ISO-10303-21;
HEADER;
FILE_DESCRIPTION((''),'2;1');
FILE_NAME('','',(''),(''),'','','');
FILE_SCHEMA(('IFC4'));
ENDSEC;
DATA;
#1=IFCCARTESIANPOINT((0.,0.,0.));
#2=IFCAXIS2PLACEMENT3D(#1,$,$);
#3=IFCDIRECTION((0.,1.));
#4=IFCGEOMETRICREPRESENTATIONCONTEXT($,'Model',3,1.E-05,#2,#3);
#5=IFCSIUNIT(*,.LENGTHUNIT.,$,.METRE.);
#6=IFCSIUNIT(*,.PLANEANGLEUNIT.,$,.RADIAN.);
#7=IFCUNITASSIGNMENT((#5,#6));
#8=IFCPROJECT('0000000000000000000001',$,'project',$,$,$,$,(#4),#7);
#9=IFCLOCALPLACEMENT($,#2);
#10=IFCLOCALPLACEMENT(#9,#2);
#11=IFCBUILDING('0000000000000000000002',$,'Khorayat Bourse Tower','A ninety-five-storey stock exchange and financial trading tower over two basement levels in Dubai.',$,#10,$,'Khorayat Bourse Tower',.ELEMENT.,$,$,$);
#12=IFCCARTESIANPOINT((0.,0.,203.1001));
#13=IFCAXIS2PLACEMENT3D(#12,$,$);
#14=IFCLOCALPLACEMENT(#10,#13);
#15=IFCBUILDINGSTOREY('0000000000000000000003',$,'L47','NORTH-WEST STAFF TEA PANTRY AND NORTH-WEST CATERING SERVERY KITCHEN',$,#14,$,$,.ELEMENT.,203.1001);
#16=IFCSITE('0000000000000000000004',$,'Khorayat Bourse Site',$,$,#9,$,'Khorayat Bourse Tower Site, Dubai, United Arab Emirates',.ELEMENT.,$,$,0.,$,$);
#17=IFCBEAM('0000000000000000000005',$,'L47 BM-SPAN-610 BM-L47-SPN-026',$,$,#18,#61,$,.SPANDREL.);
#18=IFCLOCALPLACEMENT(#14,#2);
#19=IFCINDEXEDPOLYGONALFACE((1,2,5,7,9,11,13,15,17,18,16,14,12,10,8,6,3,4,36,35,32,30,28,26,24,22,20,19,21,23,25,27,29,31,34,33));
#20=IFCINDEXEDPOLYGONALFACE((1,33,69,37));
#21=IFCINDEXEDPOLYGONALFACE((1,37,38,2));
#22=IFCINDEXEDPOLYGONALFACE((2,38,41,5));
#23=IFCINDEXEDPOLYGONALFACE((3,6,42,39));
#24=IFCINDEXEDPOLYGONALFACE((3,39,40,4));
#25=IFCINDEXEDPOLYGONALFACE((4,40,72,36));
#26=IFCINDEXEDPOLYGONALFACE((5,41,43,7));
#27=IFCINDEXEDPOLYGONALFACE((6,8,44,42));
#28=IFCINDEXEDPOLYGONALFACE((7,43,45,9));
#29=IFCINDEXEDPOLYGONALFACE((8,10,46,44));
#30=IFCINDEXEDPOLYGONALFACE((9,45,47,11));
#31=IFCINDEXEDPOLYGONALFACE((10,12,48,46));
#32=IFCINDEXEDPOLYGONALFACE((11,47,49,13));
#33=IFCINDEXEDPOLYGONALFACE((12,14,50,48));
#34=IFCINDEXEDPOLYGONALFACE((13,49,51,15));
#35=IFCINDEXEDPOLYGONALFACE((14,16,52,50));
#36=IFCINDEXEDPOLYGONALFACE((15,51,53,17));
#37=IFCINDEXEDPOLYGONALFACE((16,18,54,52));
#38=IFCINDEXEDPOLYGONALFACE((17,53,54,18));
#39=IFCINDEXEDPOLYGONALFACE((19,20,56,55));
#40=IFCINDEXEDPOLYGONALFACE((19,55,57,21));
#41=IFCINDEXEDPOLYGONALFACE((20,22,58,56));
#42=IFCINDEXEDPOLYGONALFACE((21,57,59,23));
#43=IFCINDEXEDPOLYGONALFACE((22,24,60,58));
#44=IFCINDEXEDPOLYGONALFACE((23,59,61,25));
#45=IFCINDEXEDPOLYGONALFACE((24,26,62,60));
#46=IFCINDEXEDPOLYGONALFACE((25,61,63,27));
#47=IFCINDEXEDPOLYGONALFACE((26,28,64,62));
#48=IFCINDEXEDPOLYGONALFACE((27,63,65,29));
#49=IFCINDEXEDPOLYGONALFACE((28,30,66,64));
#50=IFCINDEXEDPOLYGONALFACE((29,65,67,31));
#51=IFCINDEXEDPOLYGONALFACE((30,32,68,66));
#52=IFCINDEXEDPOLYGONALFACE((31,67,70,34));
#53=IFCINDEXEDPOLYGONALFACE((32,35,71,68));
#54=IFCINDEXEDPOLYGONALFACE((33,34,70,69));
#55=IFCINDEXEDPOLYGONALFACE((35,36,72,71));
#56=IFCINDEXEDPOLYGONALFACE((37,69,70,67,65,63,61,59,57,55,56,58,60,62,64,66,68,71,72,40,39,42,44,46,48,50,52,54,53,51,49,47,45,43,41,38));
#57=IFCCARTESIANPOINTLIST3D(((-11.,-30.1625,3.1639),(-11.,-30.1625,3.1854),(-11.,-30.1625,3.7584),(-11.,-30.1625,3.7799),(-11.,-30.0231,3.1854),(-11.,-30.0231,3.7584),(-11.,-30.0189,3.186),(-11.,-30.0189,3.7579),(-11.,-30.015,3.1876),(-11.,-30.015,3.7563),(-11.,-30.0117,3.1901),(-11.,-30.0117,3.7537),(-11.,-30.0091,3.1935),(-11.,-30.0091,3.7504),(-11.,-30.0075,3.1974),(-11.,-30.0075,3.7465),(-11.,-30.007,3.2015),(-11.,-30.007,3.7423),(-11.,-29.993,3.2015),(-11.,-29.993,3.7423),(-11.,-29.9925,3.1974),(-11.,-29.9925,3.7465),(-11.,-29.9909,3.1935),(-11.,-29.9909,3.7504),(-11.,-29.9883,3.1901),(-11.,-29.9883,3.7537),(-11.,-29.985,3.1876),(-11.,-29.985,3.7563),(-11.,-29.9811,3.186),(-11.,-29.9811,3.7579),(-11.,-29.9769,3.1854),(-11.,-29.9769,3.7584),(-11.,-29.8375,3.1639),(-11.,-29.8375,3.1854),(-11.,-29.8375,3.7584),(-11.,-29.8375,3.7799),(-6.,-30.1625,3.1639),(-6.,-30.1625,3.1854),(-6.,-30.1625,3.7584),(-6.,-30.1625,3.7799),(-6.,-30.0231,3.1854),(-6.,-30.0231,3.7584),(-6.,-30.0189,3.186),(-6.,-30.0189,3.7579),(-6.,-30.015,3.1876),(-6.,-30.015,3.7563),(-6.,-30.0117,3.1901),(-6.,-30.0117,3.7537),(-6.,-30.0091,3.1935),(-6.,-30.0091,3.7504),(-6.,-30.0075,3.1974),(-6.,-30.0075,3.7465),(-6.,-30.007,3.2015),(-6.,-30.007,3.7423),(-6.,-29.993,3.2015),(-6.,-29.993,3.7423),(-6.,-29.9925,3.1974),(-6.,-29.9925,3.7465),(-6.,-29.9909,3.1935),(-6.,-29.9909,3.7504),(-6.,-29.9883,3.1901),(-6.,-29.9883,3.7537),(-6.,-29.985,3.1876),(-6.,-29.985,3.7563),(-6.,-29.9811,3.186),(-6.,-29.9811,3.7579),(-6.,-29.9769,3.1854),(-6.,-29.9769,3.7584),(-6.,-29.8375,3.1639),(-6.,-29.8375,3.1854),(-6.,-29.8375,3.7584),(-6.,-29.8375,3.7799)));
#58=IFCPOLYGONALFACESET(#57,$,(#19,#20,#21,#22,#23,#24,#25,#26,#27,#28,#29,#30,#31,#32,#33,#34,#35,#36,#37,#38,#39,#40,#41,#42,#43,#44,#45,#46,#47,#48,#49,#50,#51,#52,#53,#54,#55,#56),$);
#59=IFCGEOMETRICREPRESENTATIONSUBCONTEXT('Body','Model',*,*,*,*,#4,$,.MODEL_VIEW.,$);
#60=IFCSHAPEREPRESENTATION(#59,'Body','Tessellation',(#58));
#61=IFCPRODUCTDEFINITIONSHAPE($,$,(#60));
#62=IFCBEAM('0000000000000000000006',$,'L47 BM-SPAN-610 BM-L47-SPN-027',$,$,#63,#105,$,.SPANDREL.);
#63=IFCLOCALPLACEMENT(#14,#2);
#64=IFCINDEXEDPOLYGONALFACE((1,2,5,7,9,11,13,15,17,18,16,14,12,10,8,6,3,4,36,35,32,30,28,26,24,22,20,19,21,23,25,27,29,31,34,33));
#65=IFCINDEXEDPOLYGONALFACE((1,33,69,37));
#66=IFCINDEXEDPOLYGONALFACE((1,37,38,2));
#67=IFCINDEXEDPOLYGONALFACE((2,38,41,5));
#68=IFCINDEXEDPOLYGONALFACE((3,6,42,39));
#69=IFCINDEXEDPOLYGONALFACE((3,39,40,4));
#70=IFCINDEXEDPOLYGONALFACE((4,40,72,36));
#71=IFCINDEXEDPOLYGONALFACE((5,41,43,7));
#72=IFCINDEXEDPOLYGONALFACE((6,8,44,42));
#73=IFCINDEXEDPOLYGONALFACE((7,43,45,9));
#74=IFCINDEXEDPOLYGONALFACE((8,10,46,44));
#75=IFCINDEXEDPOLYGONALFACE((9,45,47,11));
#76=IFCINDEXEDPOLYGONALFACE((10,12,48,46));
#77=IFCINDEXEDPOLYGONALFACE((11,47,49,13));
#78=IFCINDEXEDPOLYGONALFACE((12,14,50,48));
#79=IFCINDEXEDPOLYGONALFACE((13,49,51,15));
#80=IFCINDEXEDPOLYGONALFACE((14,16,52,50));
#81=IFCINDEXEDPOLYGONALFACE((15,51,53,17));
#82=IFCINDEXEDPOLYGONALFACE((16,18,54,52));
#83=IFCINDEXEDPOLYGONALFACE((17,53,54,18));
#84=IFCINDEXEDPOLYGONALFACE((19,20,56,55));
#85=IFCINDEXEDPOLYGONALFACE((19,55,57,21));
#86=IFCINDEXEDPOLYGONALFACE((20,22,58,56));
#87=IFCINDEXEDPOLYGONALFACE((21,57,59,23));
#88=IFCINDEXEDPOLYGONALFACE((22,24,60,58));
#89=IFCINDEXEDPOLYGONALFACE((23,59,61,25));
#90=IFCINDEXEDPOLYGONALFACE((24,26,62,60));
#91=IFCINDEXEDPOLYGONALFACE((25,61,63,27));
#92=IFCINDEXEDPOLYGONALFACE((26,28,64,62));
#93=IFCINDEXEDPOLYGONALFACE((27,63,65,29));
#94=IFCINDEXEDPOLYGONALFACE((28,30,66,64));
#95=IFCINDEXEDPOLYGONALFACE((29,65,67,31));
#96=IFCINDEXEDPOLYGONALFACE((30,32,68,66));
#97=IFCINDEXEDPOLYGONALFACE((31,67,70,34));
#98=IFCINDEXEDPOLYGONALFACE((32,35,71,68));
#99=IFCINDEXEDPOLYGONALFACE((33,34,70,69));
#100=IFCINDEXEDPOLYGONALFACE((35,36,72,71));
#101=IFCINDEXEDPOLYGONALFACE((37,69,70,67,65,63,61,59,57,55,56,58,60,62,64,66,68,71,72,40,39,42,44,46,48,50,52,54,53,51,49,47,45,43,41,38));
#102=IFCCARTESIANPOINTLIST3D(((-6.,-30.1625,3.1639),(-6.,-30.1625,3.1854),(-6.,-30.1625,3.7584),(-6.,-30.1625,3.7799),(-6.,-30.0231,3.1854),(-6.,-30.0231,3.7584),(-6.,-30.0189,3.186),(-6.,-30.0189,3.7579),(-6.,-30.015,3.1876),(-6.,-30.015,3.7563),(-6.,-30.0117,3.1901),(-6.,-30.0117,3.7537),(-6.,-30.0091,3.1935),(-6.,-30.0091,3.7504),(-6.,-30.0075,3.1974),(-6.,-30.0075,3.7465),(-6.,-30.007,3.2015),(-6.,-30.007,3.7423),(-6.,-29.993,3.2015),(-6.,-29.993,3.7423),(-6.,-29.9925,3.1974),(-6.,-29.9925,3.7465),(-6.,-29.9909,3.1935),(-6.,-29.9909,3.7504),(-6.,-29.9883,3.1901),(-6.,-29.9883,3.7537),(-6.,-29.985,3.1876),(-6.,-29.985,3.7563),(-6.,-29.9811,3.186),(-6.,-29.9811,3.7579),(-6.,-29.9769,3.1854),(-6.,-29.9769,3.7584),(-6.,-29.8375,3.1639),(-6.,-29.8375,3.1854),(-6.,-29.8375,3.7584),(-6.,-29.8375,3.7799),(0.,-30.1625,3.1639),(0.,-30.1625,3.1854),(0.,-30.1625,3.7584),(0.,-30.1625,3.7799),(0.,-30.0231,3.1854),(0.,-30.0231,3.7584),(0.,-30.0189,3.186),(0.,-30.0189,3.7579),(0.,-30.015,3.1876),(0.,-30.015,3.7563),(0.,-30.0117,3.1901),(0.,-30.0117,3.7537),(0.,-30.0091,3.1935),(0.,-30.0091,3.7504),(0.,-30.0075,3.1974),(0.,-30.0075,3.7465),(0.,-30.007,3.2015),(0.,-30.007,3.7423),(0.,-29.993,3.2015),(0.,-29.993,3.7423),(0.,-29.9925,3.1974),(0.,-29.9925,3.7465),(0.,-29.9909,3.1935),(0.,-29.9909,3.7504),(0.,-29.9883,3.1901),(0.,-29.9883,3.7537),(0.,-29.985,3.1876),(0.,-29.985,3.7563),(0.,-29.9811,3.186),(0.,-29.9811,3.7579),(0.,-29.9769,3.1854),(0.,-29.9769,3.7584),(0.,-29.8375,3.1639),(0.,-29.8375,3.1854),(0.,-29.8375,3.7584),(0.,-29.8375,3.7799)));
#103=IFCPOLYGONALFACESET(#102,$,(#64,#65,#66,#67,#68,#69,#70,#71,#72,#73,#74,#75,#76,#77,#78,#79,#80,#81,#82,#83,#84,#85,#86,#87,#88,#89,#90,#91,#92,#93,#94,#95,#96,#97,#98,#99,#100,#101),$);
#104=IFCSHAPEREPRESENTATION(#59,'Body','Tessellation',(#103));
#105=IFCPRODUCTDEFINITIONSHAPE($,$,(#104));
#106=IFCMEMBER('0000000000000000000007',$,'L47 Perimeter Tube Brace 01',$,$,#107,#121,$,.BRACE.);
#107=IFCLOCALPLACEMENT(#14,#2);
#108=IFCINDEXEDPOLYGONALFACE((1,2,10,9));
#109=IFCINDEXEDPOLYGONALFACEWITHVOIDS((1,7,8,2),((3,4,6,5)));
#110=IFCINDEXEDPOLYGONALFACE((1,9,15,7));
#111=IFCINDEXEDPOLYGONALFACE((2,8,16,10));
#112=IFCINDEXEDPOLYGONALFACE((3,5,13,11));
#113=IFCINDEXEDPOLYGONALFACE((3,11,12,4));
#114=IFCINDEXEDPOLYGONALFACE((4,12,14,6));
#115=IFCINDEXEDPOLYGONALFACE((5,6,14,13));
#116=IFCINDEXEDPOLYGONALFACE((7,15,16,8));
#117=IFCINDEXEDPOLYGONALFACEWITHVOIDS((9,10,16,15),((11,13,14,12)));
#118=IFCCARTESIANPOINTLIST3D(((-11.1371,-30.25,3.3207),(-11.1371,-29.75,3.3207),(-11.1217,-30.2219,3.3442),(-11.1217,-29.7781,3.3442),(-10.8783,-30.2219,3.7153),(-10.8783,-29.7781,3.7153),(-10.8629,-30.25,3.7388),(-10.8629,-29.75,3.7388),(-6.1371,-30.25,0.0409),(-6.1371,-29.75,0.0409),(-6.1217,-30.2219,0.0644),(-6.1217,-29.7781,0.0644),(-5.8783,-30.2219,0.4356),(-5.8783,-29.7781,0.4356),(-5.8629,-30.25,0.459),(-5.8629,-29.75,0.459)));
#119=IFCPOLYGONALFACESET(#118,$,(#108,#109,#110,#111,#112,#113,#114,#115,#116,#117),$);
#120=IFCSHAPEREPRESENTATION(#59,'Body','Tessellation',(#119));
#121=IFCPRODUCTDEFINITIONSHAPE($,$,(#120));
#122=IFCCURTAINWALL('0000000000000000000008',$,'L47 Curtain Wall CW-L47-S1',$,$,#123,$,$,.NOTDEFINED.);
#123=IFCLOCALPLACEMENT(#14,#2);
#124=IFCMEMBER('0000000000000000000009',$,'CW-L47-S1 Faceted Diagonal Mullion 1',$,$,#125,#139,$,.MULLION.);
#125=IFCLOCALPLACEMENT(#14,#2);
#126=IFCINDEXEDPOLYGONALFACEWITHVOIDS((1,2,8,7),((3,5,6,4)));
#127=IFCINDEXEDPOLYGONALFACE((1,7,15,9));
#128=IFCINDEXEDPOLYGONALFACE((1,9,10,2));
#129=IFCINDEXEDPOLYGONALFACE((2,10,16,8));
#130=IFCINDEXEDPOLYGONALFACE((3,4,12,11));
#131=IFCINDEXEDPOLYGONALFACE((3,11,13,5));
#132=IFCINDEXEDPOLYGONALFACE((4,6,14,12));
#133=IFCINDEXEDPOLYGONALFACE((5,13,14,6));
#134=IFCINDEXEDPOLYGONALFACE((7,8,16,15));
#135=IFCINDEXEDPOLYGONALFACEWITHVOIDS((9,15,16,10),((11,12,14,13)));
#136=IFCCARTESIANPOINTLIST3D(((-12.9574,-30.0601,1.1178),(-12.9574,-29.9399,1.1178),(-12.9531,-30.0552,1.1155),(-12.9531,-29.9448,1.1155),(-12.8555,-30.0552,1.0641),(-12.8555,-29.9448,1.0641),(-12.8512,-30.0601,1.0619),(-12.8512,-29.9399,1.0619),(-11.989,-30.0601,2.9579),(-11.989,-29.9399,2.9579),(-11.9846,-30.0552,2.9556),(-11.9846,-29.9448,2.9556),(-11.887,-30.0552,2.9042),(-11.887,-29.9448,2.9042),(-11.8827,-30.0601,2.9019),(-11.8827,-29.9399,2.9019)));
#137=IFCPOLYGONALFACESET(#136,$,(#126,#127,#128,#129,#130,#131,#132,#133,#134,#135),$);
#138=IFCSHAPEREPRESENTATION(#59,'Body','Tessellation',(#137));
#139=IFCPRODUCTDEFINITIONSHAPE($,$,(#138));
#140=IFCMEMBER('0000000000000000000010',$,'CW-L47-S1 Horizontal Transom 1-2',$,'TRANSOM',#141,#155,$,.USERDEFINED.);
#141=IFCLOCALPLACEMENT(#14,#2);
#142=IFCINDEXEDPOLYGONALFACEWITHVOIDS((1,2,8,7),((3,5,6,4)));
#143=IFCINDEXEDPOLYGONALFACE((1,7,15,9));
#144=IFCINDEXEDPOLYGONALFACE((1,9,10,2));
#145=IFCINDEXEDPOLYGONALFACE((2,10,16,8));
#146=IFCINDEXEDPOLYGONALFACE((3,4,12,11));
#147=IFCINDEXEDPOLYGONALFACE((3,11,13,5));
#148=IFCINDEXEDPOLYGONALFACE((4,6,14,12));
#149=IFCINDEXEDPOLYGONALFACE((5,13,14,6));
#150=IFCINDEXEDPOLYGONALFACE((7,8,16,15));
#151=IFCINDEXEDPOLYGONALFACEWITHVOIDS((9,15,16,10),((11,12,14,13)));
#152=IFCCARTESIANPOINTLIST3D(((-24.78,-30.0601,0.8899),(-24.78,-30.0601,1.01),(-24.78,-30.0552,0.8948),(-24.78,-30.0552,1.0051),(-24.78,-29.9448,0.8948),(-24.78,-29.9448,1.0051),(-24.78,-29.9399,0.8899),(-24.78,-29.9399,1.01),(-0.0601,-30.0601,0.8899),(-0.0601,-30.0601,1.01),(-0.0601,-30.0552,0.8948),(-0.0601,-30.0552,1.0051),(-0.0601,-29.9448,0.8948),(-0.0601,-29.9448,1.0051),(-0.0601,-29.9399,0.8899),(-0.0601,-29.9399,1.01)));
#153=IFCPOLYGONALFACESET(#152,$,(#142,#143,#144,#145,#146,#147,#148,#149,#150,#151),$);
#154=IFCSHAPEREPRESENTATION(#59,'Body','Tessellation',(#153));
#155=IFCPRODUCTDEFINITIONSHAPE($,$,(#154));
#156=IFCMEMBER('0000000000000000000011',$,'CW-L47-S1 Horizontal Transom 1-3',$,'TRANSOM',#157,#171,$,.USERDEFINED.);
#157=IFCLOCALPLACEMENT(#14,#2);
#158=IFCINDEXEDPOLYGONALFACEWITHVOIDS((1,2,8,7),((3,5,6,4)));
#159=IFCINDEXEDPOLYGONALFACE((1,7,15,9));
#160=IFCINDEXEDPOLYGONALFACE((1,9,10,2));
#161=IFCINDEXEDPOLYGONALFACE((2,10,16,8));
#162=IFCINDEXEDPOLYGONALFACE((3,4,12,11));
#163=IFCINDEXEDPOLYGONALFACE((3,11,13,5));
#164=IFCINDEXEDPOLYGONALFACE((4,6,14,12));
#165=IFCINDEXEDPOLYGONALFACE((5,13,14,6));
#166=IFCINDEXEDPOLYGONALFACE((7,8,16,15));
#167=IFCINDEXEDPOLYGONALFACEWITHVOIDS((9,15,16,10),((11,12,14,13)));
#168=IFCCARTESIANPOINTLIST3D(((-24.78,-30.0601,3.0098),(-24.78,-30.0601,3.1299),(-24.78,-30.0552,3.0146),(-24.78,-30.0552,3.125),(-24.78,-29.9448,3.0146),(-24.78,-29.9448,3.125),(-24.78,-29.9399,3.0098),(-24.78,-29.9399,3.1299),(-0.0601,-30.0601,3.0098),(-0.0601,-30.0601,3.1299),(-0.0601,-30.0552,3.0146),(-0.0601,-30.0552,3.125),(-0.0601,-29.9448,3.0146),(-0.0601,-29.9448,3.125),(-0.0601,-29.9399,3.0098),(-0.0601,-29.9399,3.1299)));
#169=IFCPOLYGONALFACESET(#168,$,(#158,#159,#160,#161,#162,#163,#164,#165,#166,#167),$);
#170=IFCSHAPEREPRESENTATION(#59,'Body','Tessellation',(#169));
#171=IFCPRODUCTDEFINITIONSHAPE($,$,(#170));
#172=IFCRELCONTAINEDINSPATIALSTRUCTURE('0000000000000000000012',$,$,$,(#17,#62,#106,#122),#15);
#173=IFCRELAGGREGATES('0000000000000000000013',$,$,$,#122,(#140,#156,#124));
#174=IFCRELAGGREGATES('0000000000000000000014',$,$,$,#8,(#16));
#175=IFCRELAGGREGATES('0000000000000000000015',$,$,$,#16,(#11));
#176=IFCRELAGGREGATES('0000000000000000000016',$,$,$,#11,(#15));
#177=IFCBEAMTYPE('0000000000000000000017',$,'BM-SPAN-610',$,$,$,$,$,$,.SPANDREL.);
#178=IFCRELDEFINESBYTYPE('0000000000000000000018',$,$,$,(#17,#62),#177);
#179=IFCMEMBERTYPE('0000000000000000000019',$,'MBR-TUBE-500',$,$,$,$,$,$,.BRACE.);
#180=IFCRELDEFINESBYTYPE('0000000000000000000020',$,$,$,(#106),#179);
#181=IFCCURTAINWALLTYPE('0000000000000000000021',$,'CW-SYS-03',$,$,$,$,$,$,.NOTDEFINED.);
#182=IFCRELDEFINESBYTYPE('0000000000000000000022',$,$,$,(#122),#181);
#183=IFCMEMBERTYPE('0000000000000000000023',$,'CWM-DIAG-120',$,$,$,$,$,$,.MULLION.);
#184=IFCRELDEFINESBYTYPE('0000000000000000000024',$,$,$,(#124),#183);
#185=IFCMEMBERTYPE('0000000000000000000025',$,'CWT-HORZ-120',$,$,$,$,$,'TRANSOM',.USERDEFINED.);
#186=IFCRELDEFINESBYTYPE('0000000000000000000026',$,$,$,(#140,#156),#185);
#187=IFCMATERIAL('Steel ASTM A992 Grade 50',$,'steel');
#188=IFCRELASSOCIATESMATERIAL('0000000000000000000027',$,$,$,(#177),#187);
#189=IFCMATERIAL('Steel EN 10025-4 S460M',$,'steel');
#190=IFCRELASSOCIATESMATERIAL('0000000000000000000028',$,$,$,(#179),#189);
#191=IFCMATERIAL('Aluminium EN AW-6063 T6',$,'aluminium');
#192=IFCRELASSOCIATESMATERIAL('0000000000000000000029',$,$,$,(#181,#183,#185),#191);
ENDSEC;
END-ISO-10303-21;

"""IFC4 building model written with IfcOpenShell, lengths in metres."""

from ifc_helpers import new_model, si_unit, direction, frame, origin, origin_2d, place, context, subcontext, project, spatial, hollow_rectangle, i_section, extrude, source, transform, mapped, material, material_profile, profile_set, type_object, element, aggregate, save


model = new_model("IFC4")

# Units and contexts
model_context = context("Model", 3, precision=1e-05, world=origin(), true_north=direction((0.0, 1.0)))
body_context = subcontext(model_context, "Body", "Model", "MODEL_VIEW")
ifc_project = project(units=[si_unit("LENGTHUNIT", "METRE"), si_unit("PLANEANGLEUNIT", "RADIAN")], contexts=[model_context])

# Site, building, storey
site_placement = place(None, origin())
site = spatial("IfcSite", under=ifc_project, at=site_placement, Name="Khorayat Bourse Site", LongName="Khorayat Bourse Tower Site, Dubai, United Arab Emirates", CompositionType="ELEMENT", RefElevation=0.0)
building_placement = place(site_placement, origin())
building = spatial("IfcBuilding", under=site, at=building_placement, Name="Khorayat Bourse Tower", Description="A ninety-five-storey stock exchange and financial trading tower over two basement levels in Dubai.", LongName="Khorayat Bourse Tower", CompositionType="ELEMENT")
storey_placement = place(building_placement, frame((0.0, 0.0, 203.1001)))
storey = spatial("IfcBuildingStorey", under=building, at=storey_placement, Name="L47", Description="NORTH-WEST STAFF TEA PANTRY AND NORTH-WEST CATERING SERVERY KITCHEN", CompositionType="ELEMENT", Elevation=203.1001)

# Shared definitions
ifc_material_1 = material(Name="Steel EN 10025-4 S460M", Category="steel")

# Beams
ifc_material_2 = material(Name="Steel ASTM A992 Grade 50", Category="steel")
ifc_material_profile_1 = material_profile(ifc_material_2, i_section(OverallWidth=0.325, OverallDepth=0.616, WebThickness=0.0139, FlangeThickness=0.0215, FilletRadius=0.0161, at=origin_2d()), Name="W610X174")
ifc_profile_set_1 = profile_set([ifc_material_profile_1], Name="Steel ASTM A992 Grade 50")
beam_type_1 = type_object("IfcBeamType", Name="BM-SPAN-610", PredefinedType="SPANDREL", material=ifc_profile_set_1)
shared_shape_1 = source(origin(), body_context, "Body", "SweptSolid", [
    extrude(i_section(OverallWidth=0.325, OverallDepth=0.616, WebThickness=0.0139, FlangeThickness=0.0215, FilletRadius=0.0161, at=origin_2d()), origin(), (0.0, 0.0, 1.0), 5.0),
])
beam_1_placement = place(storey_placement, frame((-11.0, -30.0, 3.4719), z_axis=(1.0, 0.0, 0.0), x_axis=(0.0, 1.0, 0.0)))
element("IfcBeam", 1, at=beam_1_placement, inside=storey, type_object=beam_type_1, Name="L47 BM-SPAN-610 BM-L47-SPN-026", PredefinedType="SPANDREL", context=body_context, shape_type="MappedRepresentation", body=[
    mapped(shared_shape_1, transform((0.0, 0.0, 0.0), scale=1.0)),
])
shared_shape_2 = source(origin(), body_context, "Body", "SweptSolid", [
    extrude(i_section(OverallWidth=0.325, OverallDepth=0.616, WebThickness=0.0139, FlangeThickness=0.0215, FilletRadius=0.0161, at=origin_2d()), origin(), (0.0, 0.0, 1.0), 6.0),
])
beam_2_placement = place(storey_placement, frame((-6.0, -30.0, 3.4719), z_axis=(1.0, 0.0, 0.0), x_axis=(0.0, 1.0, 0.0)))
element("IfcBeam", 2, at=beam_2_placement, inside=storey, type_object=beam_type_1, Name="L47 BM-SPAN-610 BM-L47-SPN-027", PredefinedType="SPANDREL", context=body_context, shape_type="MappedRepresentation", body=[
    mapped(shared_shape_2, transform((0.0, 0.0, 0.0), scale=1.0)),
])

# Member
ifc_material_profile_2 = material_profile(ifc_material_1, hollow_rectangle(XDim=0.5, YDim=0.5, WallThickness=0.0281, at=origin_2d()), Name="HSS 500x500x28")
ifc_profile_set_2 = profile_set([ifc_material_profile_2], Name="Steel EN 10025-4 S460M")
member_type_1 = type_object("IfcMemberType", Name="MBR-TUBE-500", PredefinedType="BRACE", material=ifc_profile_set_2)
shared_shape_3 = source(origin(), body_context, "Body", "SweptSolid", [
    extrude(hollow_rectangle(XDim=0.5, YDim=0.5, WallThickness=0.0281, at=origin_2d()), origin(), (0.0, 0.0, 1.0), 5.9797),
])
member_1_placement = place(storey_placement, frame((-11.0, -30.0, 3.5298), z_axis=(0.83616, 0.0, -0.548485), x_axis=(0.0, 1.0, 0.0)))
element("IfcMember", 3, at=member_1_placement, inside=storey, type_object=member_type_1, Name="L47 Perimeter Tube Brace 01", PredefinedType="BRACE", context=body_context, shape_type="MappedRepresentation", body=[
    mapped(shared_shape_3, transform((0.0, 0.0, 0.0), scale=1.0)),
])

# Curtain wall, members
ifc_material_3 = material(Name="Aluminium EN AW-6063 T6", Category="aluminium")
curtain_wall_type = type_object("IfcCurtainWallType", Name="CW-SYS-03", PredefinedType="NOTDEFINED", material=ifc_material_3)
curtain_wall_placement = place(storey_placement, origin())
curtain_wall = element("IfcCurtainWall", 4, at=curtain_wall_placement, inside=storey, type_object=curtain_wall_type, Name="L47 Curtain Wall CW-L47-S1", PredefinedType="NOTDEFINED")
ifc_material_profile_3 = material_profile(ifc_material_3, hollow_rectangle(XDim=0.1201, YDim=0.1201, WallThickness=0.0049, at=origin_2d()), Name="ALU 120x120x5")
ifc_profile_set_3 = profile_set([ifc_material_profile_3], Name="Aluminium EN AW-6063 T6")
member_type_2 = type_object("IfcMemberType", Name="CWM-DIAG-120", PredefinedType="MULLION", material=ifc_profile_set_3)
shared_shape_4 = source(origin(), body_context, "Body", "SweptSolid", [
    extrude(hollow_rectangle(XDim=0.1201, YDim=0.1201, WallThickness=0.0049, at=origin_2d()), origin(), (0.0, 0.0, 1.0), 2.0793),
])
member_2_placement = place(storey_placement, frame((-12.9043, -30.0, 1.0898), z_axis=(0.465761, 0.0, 0.884911), x_axis=(0.0, 1.0, 0.0)))
member_2 = element("IfcMember", 5, at=member_2_placement, type_object=member_type_2, Name="CW-L47-S1 Faceted Diagonal Mullion 1", PredefinedType="MULLION", context=body_context, shape_type="MappedRepresentation", body=[
    mapped(shared_shape_4, transform((0.0, 0.0, 0.0), scale=1.0)),
])
ifc_material_profile_4 = material_profile(ifc_material_3, hollow_rectangle(XDim=0.1201, YDim=0.1201, WallThickness=0.0049, at=origin_2d()), Name="ALU 120x120x5")
ifc_profile_set_4 = profile_set([ifc_material_profile_4], Name="Aluminium EN AW-6063 T6")
member_type_3 = type_object("IfcMemberType", Name="CWT-HORZ-120", ElementType="TRANSOM", PredefinedType="USERDEFINED", material=ifc_profile_set_4)
shared_shape_5 = source(origin(), body_context, "Body", "SweptSolid", [
    extrude(hollow_rectangle(XDim=0.1201, YDim=0.1201, WallThickness=0.0049, at=origin_2d()), origin(), (0.0, 0.0, 1.0), 24.72),
])
member_3_placement = place(storey_placement, frame((-24.78, -30.0, 0.95), z_axis=(1.0, 0.0, 0.0), x_axis=(0.0, 1.0, 0.0)))
member_3 = element("IfcMember", 6, at=member_3_placement, type_object=member_type_3, Name="CW-L47-S1 Horizontal Transom 1-2", ObjectType="TRANSOM", PredefinedType="USERDEFINED", context=body_context, shape_type="MappedRepresentation", body=[
    mapped(shared_shape_5, transform((0.0, 0.0, 0.0), scale=1.0)),
])
member_4_placement = place(storey_placement, frame((-24.78, -30.0, 3.0698), z_axis=(1.0, 0.0, 0.0), x_axis=(0.0, 1.0, 0.0)))
member_4 = element("IfcMember", 7, at=member_4_placement, type_object=member_type_3, Name="CW-L47-S1 Horizontal Transom 1-3", ObjectType="TRANSOM", PredefinedType="USERDEFINED", context=body_context, shape_type="MappedRepresentation", body=[
    mapped(shared_shape_5, transform((0.0, 0.0, 0.0), scale=1.0)),
])

aggregate(curtain_wall, [member_3, member_4, member_2])

save(model, "model.ifc")
